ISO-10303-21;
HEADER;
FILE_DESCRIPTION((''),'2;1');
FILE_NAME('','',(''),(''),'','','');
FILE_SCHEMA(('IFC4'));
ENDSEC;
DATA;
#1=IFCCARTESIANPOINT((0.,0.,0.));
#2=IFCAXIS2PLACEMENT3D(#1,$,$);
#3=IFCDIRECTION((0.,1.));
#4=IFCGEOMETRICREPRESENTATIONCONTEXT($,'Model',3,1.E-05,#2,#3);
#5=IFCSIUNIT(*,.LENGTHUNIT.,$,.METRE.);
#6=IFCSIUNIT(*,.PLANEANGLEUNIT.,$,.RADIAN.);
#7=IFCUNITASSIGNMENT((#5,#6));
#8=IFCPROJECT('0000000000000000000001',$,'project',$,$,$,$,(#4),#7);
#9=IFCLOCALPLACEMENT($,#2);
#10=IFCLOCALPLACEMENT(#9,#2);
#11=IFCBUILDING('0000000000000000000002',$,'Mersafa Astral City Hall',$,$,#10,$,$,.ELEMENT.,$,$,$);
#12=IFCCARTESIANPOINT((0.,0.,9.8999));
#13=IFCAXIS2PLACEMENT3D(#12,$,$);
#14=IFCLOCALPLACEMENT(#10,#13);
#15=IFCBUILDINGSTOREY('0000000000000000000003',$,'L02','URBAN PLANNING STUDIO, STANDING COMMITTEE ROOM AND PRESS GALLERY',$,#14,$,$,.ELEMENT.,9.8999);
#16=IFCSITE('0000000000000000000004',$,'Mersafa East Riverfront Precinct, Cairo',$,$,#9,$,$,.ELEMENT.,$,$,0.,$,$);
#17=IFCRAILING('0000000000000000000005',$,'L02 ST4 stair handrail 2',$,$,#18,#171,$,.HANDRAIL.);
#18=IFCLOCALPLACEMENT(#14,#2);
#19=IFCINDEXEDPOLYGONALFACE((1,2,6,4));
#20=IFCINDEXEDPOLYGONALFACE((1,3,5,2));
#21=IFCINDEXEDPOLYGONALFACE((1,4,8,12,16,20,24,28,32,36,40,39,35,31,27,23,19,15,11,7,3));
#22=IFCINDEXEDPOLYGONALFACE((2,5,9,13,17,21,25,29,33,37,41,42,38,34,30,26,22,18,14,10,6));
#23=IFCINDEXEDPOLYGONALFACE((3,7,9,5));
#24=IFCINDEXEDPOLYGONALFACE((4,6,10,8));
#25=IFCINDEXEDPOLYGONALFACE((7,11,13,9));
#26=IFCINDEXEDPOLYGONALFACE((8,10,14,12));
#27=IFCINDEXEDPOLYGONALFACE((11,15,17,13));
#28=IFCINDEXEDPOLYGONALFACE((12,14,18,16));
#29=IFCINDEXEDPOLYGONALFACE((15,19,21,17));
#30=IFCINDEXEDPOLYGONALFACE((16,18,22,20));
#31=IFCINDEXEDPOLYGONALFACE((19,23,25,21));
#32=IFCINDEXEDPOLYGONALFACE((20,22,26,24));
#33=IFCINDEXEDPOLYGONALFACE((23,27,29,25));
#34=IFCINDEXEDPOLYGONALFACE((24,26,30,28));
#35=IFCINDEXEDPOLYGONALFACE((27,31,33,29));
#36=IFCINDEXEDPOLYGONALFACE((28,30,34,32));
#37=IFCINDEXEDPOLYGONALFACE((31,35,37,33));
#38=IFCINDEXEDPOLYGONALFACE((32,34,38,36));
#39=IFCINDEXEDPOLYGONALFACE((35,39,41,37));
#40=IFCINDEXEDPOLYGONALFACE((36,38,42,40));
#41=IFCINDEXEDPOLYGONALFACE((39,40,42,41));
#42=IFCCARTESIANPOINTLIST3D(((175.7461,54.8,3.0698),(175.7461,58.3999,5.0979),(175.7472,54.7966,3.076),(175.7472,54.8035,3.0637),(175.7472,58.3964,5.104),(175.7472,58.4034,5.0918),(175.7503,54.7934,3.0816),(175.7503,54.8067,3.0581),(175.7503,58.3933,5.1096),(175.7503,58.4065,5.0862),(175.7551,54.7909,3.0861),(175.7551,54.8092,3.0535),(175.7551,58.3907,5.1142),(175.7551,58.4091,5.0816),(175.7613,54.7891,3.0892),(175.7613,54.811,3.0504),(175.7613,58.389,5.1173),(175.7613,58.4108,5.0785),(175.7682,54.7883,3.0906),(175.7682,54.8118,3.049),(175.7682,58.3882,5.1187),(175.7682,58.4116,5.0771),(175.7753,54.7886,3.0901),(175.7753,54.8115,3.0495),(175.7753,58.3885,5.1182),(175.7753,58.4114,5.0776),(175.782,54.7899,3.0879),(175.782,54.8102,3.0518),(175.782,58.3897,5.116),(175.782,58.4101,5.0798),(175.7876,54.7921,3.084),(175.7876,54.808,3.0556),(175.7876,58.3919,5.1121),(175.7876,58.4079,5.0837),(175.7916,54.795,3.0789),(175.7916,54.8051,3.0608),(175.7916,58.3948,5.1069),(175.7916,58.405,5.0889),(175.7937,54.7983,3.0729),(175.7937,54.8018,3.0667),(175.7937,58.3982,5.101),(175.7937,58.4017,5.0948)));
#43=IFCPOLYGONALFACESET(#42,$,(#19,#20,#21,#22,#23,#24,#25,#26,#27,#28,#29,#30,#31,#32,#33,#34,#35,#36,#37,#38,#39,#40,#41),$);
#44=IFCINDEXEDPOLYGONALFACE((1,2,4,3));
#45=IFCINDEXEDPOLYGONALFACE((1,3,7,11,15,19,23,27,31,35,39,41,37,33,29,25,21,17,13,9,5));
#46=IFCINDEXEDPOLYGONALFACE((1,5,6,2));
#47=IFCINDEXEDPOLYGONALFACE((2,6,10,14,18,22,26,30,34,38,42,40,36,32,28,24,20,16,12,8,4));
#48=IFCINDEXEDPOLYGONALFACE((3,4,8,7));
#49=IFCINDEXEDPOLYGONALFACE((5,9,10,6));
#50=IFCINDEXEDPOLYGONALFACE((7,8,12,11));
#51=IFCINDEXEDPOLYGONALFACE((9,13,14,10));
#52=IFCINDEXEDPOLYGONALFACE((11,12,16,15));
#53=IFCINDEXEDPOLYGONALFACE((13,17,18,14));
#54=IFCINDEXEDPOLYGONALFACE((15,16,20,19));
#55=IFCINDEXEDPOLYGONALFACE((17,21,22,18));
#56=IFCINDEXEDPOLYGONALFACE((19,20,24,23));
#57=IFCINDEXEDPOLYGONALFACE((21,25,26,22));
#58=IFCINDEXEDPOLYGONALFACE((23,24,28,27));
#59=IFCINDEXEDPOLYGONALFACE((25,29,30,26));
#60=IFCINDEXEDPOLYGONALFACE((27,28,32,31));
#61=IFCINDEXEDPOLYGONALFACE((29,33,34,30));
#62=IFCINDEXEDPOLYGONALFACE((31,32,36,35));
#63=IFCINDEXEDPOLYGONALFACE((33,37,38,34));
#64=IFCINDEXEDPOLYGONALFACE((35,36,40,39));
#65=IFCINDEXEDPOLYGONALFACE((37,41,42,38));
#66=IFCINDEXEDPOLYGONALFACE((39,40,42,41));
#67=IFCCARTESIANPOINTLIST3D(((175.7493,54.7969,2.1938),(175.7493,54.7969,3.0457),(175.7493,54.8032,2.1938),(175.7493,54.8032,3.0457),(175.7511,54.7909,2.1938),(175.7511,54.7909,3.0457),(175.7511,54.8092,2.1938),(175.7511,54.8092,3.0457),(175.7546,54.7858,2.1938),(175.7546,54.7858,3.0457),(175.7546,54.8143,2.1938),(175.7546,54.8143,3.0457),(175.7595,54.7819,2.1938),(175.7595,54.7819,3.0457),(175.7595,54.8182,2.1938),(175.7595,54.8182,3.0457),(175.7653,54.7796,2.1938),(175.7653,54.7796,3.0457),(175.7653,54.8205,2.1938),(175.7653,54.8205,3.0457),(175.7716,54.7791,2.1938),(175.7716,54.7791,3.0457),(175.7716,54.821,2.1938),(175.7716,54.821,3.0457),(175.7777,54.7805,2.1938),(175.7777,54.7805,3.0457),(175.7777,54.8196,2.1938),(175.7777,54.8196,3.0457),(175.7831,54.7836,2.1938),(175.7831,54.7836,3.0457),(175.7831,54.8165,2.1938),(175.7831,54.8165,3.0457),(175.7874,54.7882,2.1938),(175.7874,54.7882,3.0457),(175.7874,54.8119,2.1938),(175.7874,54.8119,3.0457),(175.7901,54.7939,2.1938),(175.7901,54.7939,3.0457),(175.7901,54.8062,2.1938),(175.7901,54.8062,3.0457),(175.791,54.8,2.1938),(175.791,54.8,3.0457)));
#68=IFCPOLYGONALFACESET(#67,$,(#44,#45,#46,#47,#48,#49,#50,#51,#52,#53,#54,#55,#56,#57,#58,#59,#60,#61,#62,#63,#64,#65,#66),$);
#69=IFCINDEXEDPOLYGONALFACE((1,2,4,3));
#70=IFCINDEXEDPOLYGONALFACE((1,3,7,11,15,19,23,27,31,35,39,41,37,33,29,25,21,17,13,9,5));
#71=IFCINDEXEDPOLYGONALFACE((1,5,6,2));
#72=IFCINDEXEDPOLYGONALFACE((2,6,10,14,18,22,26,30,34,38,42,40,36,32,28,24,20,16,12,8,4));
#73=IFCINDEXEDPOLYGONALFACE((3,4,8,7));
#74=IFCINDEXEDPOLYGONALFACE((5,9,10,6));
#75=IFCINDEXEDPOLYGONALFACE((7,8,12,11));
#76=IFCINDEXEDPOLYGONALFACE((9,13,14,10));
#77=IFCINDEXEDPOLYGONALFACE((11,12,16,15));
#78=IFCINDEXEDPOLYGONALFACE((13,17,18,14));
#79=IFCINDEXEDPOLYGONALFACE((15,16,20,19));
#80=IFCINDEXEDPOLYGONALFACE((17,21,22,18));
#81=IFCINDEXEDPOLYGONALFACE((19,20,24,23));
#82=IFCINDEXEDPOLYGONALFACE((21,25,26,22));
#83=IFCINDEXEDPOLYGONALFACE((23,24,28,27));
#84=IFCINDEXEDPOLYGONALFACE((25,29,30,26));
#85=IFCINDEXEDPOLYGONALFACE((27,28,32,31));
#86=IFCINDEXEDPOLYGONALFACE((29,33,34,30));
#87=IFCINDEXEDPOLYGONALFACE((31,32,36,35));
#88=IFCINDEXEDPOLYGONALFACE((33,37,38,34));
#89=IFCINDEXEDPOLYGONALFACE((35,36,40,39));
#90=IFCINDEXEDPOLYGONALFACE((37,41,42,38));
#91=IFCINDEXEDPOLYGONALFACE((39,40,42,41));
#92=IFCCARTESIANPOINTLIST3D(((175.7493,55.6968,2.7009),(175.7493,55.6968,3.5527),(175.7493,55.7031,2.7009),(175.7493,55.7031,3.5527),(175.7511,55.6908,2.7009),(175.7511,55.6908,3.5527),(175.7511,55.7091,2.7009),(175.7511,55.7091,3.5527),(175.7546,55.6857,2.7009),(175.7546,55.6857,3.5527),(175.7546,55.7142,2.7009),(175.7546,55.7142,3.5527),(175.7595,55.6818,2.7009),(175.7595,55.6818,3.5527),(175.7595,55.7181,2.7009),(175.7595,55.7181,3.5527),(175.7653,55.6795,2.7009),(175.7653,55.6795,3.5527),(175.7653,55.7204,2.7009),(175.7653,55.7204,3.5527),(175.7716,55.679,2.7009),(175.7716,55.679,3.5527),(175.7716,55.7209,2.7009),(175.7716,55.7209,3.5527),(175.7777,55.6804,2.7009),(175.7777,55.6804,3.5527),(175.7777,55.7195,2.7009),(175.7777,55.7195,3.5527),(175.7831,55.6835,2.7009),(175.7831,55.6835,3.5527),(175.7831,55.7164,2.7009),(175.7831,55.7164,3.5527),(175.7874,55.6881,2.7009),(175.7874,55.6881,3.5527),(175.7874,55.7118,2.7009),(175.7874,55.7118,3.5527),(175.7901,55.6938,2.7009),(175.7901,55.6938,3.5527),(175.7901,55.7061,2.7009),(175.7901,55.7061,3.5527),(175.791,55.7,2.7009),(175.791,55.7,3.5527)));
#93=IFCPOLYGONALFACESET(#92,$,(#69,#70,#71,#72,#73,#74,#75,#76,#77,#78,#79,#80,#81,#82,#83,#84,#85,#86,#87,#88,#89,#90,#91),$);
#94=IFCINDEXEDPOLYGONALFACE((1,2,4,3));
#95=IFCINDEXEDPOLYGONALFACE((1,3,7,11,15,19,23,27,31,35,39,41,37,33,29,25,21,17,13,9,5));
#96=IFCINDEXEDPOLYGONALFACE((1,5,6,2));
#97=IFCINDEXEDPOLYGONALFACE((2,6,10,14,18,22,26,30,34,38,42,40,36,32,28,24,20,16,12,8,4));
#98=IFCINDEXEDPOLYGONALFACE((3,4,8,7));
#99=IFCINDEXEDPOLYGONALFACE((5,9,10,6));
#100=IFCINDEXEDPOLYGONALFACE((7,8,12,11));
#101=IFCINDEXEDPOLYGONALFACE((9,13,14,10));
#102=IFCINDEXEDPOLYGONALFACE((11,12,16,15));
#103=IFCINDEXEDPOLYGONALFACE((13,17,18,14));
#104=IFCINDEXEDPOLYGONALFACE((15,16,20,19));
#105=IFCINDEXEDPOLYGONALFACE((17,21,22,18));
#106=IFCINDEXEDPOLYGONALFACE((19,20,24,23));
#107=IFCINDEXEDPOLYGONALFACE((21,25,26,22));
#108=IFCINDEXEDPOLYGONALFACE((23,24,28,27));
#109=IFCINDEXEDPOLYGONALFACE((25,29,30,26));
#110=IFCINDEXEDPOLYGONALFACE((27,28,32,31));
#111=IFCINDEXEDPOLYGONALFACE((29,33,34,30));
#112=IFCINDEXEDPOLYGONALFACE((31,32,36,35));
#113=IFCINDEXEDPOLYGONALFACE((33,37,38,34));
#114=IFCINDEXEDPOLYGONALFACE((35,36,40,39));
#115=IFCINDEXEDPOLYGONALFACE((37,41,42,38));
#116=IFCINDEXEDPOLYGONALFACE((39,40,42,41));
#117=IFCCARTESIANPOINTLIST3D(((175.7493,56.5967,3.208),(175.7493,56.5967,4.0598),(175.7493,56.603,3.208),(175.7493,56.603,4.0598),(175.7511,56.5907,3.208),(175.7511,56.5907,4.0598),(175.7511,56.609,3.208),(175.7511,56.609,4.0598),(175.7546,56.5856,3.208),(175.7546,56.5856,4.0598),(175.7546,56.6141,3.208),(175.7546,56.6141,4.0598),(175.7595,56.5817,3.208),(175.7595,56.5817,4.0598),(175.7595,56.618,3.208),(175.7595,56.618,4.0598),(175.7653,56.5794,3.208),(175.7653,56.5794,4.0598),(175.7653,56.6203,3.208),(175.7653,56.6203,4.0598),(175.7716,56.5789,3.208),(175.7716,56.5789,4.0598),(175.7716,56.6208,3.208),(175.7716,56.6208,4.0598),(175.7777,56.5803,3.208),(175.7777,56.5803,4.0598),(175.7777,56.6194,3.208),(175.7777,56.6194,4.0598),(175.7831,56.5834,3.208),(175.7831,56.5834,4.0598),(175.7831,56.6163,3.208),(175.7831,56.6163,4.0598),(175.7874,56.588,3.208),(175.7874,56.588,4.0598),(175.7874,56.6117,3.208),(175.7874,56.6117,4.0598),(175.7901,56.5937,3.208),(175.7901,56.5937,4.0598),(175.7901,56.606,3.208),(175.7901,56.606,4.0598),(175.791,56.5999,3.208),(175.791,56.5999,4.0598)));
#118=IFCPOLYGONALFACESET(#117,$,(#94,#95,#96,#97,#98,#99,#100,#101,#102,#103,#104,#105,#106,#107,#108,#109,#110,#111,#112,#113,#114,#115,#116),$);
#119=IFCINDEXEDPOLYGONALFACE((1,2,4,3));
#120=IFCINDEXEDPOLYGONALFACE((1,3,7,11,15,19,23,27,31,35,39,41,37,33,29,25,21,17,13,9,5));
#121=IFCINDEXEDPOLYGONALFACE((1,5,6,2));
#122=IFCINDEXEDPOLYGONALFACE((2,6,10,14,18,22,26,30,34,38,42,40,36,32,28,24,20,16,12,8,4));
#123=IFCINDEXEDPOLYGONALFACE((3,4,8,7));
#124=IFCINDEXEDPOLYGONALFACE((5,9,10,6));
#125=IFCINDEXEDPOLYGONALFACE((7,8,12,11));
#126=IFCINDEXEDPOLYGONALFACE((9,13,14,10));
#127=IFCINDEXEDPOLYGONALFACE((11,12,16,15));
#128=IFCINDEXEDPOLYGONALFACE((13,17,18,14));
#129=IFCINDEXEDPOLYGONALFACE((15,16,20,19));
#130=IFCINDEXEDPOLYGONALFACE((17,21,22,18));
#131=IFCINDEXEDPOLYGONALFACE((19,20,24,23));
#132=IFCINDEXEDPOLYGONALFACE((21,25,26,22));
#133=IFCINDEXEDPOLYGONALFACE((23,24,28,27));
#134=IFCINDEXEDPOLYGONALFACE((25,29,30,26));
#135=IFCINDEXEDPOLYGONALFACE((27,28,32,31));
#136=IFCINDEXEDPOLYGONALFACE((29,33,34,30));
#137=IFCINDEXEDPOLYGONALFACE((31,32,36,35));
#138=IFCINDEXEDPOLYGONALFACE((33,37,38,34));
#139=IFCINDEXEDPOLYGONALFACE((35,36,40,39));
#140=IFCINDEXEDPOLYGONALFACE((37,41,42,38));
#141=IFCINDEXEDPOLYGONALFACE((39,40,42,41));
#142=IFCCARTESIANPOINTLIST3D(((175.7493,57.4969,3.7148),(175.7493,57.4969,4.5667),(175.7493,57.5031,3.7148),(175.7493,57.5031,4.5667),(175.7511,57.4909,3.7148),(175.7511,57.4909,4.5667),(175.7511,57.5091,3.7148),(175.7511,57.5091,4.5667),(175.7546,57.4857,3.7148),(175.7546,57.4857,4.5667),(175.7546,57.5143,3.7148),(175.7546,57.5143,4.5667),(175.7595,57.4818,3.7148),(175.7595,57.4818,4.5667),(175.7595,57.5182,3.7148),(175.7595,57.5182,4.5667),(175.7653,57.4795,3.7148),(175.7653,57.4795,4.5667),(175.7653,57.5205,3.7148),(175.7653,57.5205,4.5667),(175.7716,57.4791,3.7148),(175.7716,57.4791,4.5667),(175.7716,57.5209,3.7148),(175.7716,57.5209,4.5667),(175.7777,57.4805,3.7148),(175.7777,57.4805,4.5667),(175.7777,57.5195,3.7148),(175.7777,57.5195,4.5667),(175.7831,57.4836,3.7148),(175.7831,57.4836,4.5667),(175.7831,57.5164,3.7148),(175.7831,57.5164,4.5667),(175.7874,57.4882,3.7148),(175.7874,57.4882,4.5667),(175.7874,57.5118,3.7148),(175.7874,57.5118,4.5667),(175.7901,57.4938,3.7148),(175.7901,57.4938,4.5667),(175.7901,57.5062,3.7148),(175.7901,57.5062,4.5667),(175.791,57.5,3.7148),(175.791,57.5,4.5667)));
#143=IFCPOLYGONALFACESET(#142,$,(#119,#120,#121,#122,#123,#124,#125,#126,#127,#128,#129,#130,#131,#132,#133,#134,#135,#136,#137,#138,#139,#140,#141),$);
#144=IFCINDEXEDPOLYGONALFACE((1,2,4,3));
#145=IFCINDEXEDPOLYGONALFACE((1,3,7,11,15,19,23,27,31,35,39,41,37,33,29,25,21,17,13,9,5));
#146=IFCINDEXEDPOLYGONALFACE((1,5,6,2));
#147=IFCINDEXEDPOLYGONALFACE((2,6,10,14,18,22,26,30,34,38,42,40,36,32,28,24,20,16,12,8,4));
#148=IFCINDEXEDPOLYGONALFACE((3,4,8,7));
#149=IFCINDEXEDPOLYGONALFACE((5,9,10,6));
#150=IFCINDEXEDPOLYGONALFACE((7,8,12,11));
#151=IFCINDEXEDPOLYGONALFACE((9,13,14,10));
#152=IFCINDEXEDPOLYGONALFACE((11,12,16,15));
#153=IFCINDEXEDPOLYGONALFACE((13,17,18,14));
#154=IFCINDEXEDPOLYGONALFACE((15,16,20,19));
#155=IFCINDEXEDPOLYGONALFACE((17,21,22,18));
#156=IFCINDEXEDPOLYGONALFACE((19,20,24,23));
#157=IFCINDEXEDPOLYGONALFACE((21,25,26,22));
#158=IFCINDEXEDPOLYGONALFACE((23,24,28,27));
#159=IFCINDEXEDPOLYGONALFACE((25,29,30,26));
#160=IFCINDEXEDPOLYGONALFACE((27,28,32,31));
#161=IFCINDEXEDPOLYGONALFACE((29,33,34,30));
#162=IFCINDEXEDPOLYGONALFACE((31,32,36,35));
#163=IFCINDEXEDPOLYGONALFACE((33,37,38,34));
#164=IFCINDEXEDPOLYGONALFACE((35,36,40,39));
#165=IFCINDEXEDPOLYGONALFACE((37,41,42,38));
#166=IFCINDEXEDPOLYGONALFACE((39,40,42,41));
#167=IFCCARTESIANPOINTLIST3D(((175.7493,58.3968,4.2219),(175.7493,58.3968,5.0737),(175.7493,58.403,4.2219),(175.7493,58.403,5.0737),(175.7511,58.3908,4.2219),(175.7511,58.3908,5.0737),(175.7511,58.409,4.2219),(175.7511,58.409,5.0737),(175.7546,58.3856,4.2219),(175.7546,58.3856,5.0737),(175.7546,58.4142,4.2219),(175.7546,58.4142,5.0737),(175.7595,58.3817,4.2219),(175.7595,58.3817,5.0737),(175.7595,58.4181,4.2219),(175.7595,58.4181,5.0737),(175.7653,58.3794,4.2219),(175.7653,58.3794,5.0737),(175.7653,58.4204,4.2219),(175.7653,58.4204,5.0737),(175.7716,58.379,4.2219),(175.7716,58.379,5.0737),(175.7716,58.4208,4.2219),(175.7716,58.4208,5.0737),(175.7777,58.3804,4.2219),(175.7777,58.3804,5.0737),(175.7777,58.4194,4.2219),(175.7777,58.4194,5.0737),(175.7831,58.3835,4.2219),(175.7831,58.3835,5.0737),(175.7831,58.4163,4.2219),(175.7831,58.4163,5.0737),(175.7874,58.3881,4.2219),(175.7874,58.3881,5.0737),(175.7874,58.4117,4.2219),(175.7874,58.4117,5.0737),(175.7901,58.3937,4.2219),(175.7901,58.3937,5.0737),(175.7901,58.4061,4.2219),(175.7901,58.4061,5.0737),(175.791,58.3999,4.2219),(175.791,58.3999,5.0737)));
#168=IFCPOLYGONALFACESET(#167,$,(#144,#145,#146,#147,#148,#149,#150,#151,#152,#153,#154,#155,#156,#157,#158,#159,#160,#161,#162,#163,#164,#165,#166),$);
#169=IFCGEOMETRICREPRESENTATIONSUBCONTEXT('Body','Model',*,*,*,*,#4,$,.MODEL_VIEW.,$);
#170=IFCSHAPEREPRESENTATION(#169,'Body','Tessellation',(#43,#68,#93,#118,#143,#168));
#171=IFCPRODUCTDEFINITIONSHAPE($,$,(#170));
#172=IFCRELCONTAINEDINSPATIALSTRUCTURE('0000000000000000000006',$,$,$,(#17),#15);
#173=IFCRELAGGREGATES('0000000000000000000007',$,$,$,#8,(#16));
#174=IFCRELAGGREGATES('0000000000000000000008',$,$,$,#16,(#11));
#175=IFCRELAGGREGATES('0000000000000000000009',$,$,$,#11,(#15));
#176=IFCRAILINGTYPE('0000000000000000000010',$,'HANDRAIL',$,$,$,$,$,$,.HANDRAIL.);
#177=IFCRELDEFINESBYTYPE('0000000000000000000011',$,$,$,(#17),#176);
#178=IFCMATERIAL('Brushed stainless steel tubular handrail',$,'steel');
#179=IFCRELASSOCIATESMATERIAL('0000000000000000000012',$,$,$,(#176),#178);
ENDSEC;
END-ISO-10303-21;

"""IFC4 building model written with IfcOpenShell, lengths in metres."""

from ifc_helpers import new_model, si_unit, direction, frame, origin, origin_2d, place, context, subcontext, project, spatial, circle, extrude, material, type_object, element, save


model = new_model("IFC4")

# Units and contexts
model_context = context("Model", 3, precision=1e-05, world=origin(), true_north=direction((0.0, 1.0)))
body_context = subcontext(model_context, "Body", "Model", "MODEL_VIEW")
ifc_project = project(units=[si_unit("LENGTHUNIT", "METRE"), si_unit("PLANEANGLEUNIT", "RADIAN")], contexts=[model_context])

# Site, building, storey
site_placement = place(None, origin())
site = spatial("IfcSite", under=ifc_project, at=site_placement, Name="Mersafa East Riverfront Precinct, Cairo", CompositionType="ELEMENT", RefElevation=0.0)
building_placement = place(site_placement, origin())
building = spatial("IfcBuilding", under=site, at=building_placement, Name="Mersafa Astral City Hall", CompositionType="ELEMENT")
storey_placement = place(building_placement, frame((0.0, 0.0, 9.8999)))
storey = spatial("IfcBuildingStorey", under=building, at=storey_placement, Name="L02", Description="URBAN PLANNING STUDIO, STANDING COMMITTEE ROOM AND PRESS GALLERY", CompositionType="ELEMENT", Elevation=9.8999)

# Railing
ifc_material_1 = material(Name="Brushed stainless steel tubular handrail", Category="steel")
railing_type_1 = type_object("IfcRailingType", Name="HANDRAIL", PredefinedType="HANDRAIL", material=ifc_material_1)
railing_1_placement = place(storey_placement, frame((175.77, 54.8, 2.1938)))
element("IfcRailing", 1, at=railing_1_placement, inside=storey, type_object=railing_type_1, Name="L02 ST4 stair handrail 2", PredefinedType="HANDRAIL", context=body_context, shape_type="SweptSolid", body=[
    extrude(circle(Radius=0.0239, at=origin_2d()), frame((0.0, 0.0, 0.876), z_axis=(0.0, 0.871249, 0.490842), x_axis=(-1.0, 0.0, 0.0)), (0.0, 0.0, 1.0), 4.1318),
    extrude(circle(Radius=0.021, at=origin_2d()), origin(), (0.0, 0.0, 1.0), 0.8518),
    extrude(circle(Radius=0.021, at=origin_2d()), frame((0.0, 0.8999, 0.5071)), (0.0, 0.0, 1.0), 0.8518),
    extrude(circle(Radius=0.021, at=origin_2d()), frame((0.0, 1.7998, 1.0142)), (0.0, 0.0, 1.0), 0.8518),
    extrude(circle(Radius=0.021, at=origin_2d()), frame((0.0, 2.7, 1.521)), (0.0, 0.0, 1.0), 0.8518),
    extrude(circle(Radius=0.021, at=origin_2d()), frame((0.0, 3.5999, 2.0281)), (0.0, 0.0, 1.0), 0.8518),
])

save(model, "model.ifc")
